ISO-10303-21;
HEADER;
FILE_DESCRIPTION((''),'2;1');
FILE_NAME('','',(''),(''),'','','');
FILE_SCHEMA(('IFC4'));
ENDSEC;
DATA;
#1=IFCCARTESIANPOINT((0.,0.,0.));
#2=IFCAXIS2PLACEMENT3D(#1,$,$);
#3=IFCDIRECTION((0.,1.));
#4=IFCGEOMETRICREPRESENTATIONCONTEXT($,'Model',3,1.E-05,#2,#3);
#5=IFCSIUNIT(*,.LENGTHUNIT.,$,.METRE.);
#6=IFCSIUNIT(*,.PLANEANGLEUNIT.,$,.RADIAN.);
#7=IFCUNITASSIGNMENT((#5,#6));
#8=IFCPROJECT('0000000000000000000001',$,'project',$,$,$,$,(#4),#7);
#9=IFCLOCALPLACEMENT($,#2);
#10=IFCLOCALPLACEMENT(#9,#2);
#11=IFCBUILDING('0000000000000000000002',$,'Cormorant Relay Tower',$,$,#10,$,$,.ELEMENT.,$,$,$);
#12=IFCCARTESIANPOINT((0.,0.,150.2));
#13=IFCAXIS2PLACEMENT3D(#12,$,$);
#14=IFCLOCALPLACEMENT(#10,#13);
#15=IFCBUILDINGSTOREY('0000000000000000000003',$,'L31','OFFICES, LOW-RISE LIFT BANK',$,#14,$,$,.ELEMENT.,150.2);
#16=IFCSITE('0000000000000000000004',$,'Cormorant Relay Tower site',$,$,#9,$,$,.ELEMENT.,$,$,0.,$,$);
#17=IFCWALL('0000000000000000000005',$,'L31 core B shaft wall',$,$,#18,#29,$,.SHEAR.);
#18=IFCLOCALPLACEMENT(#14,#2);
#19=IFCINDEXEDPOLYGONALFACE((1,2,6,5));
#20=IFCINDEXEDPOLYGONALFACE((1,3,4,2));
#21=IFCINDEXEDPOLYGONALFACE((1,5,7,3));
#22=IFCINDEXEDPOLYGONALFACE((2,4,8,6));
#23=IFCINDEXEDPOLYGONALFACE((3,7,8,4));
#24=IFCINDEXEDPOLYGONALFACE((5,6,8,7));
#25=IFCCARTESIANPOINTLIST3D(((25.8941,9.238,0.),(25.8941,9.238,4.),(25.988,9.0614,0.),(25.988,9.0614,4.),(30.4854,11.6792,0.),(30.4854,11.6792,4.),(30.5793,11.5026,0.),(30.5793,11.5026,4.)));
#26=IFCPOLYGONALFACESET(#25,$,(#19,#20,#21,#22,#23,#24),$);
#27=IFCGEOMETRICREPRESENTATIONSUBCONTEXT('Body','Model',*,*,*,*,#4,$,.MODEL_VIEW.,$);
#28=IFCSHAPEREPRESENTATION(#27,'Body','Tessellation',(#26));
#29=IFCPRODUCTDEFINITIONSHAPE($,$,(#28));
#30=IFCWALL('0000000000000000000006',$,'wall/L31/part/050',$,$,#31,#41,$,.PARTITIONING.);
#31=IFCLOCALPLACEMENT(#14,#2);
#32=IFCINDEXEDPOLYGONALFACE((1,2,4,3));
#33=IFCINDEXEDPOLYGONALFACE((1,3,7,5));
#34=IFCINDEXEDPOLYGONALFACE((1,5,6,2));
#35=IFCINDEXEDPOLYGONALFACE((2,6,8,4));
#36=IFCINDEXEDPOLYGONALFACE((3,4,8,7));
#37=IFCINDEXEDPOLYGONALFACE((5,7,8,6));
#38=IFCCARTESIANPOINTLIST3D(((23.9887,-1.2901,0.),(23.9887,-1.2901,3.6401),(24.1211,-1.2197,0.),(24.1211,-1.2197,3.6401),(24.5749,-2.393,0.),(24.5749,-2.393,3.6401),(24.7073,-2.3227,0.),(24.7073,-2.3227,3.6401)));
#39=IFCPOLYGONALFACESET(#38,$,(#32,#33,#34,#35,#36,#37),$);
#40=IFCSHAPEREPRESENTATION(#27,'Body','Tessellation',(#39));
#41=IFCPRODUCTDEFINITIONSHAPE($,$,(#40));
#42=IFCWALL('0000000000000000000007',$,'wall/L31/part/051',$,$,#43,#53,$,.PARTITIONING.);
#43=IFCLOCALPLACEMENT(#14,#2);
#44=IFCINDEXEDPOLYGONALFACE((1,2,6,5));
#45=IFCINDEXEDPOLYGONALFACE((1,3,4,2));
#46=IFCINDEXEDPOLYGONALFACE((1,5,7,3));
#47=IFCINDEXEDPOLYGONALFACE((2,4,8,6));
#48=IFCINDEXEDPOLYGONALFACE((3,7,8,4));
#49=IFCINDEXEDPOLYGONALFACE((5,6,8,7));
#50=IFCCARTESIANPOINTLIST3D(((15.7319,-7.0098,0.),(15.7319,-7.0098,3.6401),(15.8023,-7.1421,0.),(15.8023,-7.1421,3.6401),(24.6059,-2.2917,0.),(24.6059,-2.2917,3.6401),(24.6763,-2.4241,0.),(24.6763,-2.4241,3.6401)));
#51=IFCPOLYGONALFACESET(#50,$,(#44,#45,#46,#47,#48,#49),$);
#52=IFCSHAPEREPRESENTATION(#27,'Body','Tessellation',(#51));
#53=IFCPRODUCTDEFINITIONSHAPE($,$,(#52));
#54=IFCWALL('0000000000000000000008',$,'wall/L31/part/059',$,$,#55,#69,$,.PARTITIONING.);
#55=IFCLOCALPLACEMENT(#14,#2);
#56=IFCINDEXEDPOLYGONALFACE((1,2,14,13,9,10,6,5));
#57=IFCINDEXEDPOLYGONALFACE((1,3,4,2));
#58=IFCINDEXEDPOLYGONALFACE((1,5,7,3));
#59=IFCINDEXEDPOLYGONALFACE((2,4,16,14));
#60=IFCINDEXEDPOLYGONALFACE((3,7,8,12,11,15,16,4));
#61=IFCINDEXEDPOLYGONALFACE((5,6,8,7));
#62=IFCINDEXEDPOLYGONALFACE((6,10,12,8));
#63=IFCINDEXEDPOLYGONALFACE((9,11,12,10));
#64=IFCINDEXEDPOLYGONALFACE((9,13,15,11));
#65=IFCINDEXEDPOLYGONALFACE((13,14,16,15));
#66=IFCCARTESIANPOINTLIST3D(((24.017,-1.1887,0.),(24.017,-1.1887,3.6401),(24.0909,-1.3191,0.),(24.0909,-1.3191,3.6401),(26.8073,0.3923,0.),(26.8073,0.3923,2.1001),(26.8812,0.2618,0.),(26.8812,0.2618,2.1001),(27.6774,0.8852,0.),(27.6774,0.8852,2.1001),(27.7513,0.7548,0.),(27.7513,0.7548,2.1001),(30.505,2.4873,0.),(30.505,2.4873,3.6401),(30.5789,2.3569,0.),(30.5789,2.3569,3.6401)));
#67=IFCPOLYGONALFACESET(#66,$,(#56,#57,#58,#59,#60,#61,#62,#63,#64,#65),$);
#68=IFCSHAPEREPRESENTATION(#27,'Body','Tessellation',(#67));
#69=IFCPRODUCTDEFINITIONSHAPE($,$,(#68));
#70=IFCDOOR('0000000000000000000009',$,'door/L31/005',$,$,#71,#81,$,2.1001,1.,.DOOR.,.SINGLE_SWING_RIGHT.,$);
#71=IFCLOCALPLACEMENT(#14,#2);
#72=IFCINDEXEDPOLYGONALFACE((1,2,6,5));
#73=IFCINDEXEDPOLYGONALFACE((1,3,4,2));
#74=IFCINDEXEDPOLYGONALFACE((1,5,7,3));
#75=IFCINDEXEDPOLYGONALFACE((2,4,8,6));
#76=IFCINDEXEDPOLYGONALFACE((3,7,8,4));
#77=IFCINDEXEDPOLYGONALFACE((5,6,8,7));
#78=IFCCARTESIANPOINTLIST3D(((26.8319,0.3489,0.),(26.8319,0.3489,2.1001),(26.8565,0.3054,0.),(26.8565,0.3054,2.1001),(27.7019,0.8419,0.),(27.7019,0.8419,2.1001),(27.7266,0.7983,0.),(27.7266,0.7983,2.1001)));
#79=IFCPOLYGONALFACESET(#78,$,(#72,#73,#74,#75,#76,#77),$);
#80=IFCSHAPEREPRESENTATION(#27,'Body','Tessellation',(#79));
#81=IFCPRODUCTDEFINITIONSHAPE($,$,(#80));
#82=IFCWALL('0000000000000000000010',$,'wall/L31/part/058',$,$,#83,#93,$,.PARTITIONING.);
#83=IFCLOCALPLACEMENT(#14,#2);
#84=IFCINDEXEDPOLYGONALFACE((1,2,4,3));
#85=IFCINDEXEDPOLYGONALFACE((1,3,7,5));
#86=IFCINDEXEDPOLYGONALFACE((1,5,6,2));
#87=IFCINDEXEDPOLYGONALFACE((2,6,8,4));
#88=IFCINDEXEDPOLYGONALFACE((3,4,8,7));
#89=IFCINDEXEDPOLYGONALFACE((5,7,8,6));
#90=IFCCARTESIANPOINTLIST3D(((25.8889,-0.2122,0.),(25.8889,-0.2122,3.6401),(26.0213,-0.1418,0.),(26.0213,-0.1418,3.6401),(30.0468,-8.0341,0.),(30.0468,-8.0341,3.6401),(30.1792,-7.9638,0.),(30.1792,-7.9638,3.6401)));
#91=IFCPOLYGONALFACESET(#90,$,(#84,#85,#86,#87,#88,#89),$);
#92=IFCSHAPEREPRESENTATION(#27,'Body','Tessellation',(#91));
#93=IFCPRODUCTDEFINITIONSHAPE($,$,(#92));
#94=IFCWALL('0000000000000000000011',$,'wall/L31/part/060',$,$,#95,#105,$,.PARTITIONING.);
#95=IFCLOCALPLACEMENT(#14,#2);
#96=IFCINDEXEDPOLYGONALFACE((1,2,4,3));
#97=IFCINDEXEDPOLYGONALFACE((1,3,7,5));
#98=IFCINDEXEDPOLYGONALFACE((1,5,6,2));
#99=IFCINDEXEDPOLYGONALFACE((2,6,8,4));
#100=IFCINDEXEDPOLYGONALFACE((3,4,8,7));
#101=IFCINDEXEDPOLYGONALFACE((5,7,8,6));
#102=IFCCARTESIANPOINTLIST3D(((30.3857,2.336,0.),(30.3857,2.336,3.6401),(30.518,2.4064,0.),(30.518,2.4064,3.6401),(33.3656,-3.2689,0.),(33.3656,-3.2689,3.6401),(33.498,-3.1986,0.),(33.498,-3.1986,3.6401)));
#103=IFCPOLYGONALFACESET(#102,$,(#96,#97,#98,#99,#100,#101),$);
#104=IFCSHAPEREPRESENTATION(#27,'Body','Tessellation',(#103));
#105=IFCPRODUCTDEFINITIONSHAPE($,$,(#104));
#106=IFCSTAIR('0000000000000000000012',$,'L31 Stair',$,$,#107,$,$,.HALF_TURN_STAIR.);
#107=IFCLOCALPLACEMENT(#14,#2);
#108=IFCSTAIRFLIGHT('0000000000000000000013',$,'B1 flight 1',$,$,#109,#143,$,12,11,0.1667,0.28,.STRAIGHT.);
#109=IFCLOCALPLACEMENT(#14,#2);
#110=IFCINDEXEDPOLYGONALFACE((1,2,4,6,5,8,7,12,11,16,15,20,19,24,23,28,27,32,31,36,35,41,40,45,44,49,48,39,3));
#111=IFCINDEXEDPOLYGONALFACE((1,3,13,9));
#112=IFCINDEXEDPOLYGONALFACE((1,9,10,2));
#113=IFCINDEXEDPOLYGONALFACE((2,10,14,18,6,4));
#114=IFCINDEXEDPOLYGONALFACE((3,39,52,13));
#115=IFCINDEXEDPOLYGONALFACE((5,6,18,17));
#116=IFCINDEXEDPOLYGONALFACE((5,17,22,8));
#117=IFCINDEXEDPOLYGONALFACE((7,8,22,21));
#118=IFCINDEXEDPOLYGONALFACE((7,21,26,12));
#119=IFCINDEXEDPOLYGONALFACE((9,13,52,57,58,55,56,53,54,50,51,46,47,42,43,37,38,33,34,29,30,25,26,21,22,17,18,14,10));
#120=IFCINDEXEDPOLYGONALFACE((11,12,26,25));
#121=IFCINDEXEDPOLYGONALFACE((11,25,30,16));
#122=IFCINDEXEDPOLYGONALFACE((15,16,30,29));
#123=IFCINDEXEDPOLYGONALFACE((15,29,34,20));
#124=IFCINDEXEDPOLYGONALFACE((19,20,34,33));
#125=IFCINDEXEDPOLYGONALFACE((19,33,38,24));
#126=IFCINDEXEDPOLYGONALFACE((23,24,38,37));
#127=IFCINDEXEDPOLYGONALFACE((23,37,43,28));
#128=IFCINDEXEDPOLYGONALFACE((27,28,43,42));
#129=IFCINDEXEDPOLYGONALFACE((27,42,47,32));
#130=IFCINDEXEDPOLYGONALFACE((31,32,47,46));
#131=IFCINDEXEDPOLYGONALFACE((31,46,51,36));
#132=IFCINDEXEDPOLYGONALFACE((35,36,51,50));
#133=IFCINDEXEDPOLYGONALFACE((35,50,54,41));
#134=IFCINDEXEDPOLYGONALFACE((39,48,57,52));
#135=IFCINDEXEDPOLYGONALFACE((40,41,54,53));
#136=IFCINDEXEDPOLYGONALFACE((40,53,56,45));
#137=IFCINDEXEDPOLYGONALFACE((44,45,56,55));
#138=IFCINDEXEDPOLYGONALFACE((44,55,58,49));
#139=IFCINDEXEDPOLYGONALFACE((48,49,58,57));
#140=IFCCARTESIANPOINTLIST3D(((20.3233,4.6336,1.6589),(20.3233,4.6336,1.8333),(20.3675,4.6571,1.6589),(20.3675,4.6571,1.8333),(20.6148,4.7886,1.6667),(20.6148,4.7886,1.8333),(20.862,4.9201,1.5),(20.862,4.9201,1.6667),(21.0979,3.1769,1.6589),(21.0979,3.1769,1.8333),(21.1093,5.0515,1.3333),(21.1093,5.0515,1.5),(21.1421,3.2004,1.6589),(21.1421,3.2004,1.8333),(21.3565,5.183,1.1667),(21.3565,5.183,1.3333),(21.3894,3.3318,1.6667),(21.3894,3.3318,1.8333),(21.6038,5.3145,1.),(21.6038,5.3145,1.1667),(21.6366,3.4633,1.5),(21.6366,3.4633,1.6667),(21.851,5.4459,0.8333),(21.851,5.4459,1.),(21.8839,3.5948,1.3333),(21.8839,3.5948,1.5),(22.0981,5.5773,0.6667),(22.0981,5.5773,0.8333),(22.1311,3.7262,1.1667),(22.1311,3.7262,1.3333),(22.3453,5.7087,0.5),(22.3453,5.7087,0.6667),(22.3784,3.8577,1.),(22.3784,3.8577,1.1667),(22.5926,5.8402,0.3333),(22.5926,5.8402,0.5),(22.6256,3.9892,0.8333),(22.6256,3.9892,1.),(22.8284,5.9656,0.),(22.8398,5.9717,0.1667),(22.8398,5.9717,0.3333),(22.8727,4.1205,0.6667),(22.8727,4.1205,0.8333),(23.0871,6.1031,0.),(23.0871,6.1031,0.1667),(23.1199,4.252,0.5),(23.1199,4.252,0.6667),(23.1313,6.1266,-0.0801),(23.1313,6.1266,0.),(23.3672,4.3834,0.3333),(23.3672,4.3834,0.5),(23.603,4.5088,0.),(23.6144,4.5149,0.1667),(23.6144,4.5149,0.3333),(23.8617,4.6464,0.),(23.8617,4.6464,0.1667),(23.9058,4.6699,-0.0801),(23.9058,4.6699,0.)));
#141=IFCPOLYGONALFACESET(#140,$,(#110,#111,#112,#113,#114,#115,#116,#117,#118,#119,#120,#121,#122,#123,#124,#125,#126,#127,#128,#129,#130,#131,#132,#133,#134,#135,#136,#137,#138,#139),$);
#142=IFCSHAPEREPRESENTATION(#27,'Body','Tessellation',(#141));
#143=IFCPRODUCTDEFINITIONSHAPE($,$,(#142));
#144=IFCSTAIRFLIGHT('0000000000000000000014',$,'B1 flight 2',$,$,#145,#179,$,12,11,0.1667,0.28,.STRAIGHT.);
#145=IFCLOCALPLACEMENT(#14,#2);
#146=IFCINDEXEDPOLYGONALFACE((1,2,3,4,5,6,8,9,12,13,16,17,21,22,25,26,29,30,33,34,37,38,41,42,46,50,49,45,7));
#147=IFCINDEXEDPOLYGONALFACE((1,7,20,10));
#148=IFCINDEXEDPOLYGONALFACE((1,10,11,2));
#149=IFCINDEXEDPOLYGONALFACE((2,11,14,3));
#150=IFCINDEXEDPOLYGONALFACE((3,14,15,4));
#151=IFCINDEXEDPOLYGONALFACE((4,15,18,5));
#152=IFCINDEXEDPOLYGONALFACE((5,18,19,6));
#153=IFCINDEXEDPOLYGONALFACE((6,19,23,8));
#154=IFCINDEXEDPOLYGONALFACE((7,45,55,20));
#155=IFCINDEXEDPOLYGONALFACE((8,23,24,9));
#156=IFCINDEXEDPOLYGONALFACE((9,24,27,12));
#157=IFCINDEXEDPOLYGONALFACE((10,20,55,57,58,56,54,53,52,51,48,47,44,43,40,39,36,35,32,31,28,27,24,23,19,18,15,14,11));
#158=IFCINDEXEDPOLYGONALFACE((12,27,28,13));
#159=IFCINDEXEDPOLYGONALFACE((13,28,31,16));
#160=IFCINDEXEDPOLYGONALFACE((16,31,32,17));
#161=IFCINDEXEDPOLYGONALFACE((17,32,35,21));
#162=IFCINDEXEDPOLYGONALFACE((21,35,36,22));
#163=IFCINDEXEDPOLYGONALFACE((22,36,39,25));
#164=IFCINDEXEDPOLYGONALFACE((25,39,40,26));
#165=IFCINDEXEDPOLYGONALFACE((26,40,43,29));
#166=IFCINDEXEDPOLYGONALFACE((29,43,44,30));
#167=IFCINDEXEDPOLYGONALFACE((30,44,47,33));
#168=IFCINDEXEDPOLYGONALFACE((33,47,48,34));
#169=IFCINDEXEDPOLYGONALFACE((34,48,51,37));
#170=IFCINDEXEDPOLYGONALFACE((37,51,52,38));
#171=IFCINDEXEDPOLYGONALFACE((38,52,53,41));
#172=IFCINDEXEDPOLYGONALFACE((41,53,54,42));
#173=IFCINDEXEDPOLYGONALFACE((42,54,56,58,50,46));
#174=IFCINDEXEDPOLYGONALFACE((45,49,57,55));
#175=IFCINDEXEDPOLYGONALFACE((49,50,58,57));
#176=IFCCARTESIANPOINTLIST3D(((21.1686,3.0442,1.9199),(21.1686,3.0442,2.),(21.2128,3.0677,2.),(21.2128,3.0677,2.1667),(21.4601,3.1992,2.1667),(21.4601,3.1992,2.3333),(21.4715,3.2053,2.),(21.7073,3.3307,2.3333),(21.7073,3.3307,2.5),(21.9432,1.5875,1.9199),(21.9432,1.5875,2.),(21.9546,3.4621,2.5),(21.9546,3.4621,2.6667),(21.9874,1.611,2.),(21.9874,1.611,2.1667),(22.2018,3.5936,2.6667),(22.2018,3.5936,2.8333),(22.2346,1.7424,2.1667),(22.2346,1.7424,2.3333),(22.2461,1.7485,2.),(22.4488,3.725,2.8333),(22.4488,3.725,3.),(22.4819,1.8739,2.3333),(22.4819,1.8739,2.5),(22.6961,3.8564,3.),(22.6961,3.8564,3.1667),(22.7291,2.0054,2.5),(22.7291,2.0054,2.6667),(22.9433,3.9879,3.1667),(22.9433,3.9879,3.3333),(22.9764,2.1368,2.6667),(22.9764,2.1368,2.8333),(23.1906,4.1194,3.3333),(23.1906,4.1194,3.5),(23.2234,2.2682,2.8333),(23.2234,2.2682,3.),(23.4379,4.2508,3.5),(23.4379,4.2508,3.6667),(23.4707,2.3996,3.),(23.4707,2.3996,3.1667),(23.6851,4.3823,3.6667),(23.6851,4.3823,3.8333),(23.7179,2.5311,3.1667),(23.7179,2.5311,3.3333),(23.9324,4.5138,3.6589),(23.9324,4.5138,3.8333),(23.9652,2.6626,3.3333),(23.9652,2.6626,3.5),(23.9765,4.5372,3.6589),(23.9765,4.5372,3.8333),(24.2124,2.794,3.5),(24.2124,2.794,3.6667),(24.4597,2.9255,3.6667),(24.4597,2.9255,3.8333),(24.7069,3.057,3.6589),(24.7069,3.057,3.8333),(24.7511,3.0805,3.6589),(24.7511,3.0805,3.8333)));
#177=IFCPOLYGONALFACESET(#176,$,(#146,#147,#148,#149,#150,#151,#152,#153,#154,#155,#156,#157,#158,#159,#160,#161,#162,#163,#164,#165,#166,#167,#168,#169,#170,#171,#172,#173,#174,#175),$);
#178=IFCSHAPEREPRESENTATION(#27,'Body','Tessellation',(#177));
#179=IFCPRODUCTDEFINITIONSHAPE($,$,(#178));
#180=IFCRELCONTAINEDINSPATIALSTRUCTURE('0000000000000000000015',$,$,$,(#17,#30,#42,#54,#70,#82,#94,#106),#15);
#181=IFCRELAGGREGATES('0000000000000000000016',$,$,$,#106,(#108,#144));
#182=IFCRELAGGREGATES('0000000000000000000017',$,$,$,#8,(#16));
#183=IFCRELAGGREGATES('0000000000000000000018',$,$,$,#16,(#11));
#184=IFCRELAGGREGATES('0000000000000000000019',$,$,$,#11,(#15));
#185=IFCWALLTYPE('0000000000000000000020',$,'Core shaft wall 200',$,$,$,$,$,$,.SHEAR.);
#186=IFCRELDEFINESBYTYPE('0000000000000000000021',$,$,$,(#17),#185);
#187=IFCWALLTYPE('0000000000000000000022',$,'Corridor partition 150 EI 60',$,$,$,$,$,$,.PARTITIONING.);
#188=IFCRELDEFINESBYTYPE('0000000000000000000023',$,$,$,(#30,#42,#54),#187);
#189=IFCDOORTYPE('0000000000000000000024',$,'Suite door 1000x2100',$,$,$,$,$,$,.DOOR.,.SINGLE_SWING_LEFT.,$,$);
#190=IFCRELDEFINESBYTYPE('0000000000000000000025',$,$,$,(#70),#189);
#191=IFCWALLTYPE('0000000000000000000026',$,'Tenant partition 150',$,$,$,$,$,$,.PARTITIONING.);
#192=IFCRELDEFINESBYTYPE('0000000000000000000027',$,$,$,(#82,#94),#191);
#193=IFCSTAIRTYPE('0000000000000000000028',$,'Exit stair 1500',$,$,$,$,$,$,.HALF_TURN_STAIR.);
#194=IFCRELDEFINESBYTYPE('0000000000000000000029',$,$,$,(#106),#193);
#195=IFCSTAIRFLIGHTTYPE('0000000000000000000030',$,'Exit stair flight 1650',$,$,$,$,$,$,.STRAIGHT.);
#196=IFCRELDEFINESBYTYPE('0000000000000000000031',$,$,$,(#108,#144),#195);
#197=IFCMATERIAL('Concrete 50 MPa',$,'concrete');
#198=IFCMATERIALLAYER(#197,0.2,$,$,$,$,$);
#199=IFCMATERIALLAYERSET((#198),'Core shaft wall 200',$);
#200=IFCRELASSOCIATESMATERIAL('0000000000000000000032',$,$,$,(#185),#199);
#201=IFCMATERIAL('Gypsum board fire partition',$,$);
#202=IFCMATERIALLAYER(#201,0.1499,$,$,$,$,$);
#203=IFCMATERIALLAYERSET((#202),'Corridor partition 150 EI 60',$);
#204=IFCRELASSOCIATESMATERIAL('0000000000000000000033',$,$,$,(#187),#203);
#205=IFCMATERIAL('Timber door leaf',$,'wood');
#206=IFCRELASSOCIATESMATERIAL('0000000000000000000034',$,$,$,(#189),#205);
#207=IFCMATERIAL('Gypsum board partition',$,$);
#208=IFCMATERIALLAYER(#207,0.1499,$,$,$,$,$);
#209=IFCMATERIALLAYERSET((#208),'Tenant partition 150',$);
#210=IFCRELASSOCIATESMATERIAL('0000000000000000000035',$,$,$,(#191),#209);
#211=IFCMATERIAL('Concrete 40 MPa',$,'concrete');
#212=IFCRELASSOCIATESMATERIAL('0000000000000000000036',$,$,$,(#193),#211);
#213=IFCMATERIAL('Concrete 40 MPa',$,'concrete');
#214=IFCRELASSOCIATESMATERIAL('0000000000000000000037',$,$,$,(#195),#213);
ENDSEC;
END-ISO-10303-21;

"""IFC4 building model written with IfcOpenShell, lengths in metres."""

from ifc_helpers import new_model, si_unit, direction, frame, frame_2d, origin, place, context, subcontext, project, spatial, polyline, rectangle, outline, extrude, material, layer, layer_set, type_object, element, fill, aggregate, save


model = new_model("IFC4")

# Units and contexts
model_context = context("Model", 3, precision=1e-05, world=origin(), true_north=direction((0.0, 1.0)))
body_context = subcontext(model_context, "Body", "Model", "MODEL_VIEW")
ifc_project = project(units=[si_unit("LENGTHUNIT", "METRE"), si_unit("PLANEANGLEUNIT", "RADIAN")], contexts=[model_context])

# Site, building, storey
site_placement = place(None, origin())
site = spatial("IfcSite", under=ifc_project, at=site_placement, Name="Cormorant Relay Tower site", CompositionType="ELEMENT", RefElevation=0.0)
building_placement = place(site_placement, origin())
building = spatial("IfcBuilding", under=site, at=building_placement, Name="Cormorant Relay Tower", CompositionType="ELEMENT")
storey_placement = place(building_placement, frame((0.0, 0.0, 150.2)))
storey = spatial("IfcBuildingStorey", under=building, at=storey_placement, Name="L31", Description="OFFICES, LOW-RISE LIFT BANK", CompositionType="ELEMENT", Elevation=150.2)

# Shared definitions
ifc_material_1 = material(Name="Concrete 50 MPa", Category="concrete")
ifc_layer_1 = layer(ifc_material_1, 0.2)
ifc_layer_set_1 = layer_set([ifc_layer_1], Name="Core shaft wall 200")
wall_type_1 = type_object("IfcWallType", Name="Core shaft wall 200", PredefinedType="SHEAR", material=ifc_layer_set_1)

# Walls
wall_1_placement = place(storey_placement, frame((25.9409, 9.1497, 0.0), z_axis=(0.0, 0.0, 1.0), x_axis=(0.882954, 0.46946, 0.0)))
element("IfcWall", 1, at=wall_1_placement, inside=storey, type_object=wall_type_1, Name="L31 core B shaft wall", PredefinedType="SHEAR", context=body_context, shape_type="SweptSolid", body=[
    extrude(rectangle(XDim=5.2, YDim=0.2, at=frame_2d((2.6001, 0.0))), origin(), (0.0, 0.0, 1.0), 4.0),
])
ifc_material_2 = material(Name="Gypsum board fire partition")
ifc_layer_2 = layer(ifc_material_2, 0.1499)
ifc_layer_set_2 = layer_set([ifc_layer_2], Name="Corridor partition 150 EI 60")
wall_type_2 = type_object("IfcWallType", Name="Corridor partition 150 EI 60", PredefinedType="PARTITIONING", material=ifc_layer_set_2)
wall_2_placement = place(storey_placement, frame((24.0549, -1.2549, 0.0), z_axis=(0.0, 0.0, 1.0), x_axis=(0.469279, -0.88305, 0.0)))
element("IfcWall", 2, at=wall_2_placement, inside=storey, type_object=wall_type_2, Name="wall/L31/part/050", PredefinedType="PARTITIONING", context=body_context, shape_type="SweptSolid", body=[
    extrude(rectangle(XDim=1.249, YDim=0.1499, at=frame_2d((0.6245, 0.0))), origin(), (0.0, 0.0, 1.0), 3.6401),
])
wall_3_placement = place(storey_placement, frame((24.6411, -2.3579, 0.0), z_axis=(0.0, 0.0, 1.0), x_axis=(-0.882963, -0.469442, 0.0)))
element("IfcWall", 3, at=wall_3_placement, inside=storey, type_object=wall_type_2, Name="wall/L31/part/051", PredefinedType="PARTITIONING", context=body_context, shape_type="SweptSolid", body=[
    extrude(rectangle(XDim=10.0503, YDim=0.1499, at=frame_2d((5.0251, 0.0))), origin(), (0.0, 0.0, 1.0), 3.6401),
])

# Wall, opening, door
wall_4_placement = place(storey_placement, frame((30.542, 2.4221, 0.0), z_axis=(0.0, 0.0, 1.0), x_axis=(-0.870053, -0.492959, 0.0)))
wall_4 = element("IfcWall", 4, at=wall_4_placement, inside=storey, type_object=wall_type_2, Name="wall/L31/part/059", PredefinedType="PARTITIONING", context=body_context, shape_type="SweptSolid", body=[
    extrude(rectangle(XDim=7.457, YDim=0.1499, at=frame_2d((3.7285, 0.0))), origin(), (0.0, 0.0, 1.0), 3.6401),
])
opening_1_placement = place(wall_4_placement, frame((3.25, 0.0, 0.0)))
opening_1 = element("IfcOpeningElement", 5, at=opening_1_placement, cuts=wall_4, PredefinedType="OPENING", context=body_context, shape_type="SweptSolid", body=[
    extrude(rectangle(XDim=1.0, YDim=2.1001, at=frame_2d((0.5, 1.05))), frame((0.0, 0.085, 0.0), z_axis=(0.0, -1.0, 0.0), x_axis=(1.0, 0.0, 0.0)), (0.0, 0.0, 1.0), 0.1699),
])
ifc_material_3 = material(Name="Timber door leaf", Category="wood")
door_type_1 = type_object("IfcDoorType", Name="Suite door 1000x2100", OperationType="SINGLE_SWING_LEFT", PredefinedType="DOOR", material=ifc_material_3)
door_1_placement = place(opening_1_placement, origin())
door_1 = element("IfcDoor", 6, at=door_1_placement, inside=storey, type_object=door_type_1, Name="door/L31/005", OperationType="SINGLE_SWING_RIGHT", OverallHeight=2.1001, OverallWidth=1.0, PredefinedType="DOOR", context=body_context, shape_type="SweptSolid", body=[
    extrude(rectangle(XDim=1.0, YDim=2.1001, at=frame_2d((0.5, 1.05))), frame((0.0, 0.0249, 0.0), z_axis=(0.0, -1.0, 0.0), x_axis=(1.0, 0.0, 0.0)), (0.0, 0.0, 1.0), 0.05),
])
fill(opening_1, door_1)

# Walls
ifc_material_4 = material(Name="Gypsum board partition")
ifc_layer_3 = layer(ifc_material_4, 0.1499)
ifc_layer_set_3 = layer_set([ifc_layer_3], Name="Tenant partition 150")
wall_type_3 = type_object("IfcWallType", Name="Tenant partition 150", PredefinedType="PARTITIONING", material=ifc_layer_set_3)
wall_5_placement = place(storey_placement, frame((25.9551, -0.177, 0.0), z_axis=(0.0, 0.0, 1.0), x_axis=(0.469376, -0.882998, 0.0)))
element("IfcWall", 7, at=wall_5_placement, inside=storey, type_object=wall_type_3, Name="wall/L31/part/058", PredefinedType="PARTITIONING", context=body_context, shape_type="SweptSolid", body=[
    extrude(rectangle(XDim=8.8584, YDim=0.1499, at=frame_2d((4.4292, 0.0))), origin(), (0.0, 0.0, 1.0), 3.6401),
])
wall_6_placement = place(storey_placement, frame((30.4519, 2.3711, 0.0), z_axis=(0.0, 0.0, 1.0), x_axis=(0.469442, -0.882963, 0.0)))
element("IfcWall", 8, at=wall_6_placement, inside=storey, type_object=wall_type_3, Name="wall/L31/part/060", PredefinedType="PARTITIONING", context=body_context, shape_type="SweptSolid", body=[
    extrude(rectangle(XDim=6.3479, YDim=0.1499, at=frame_2d((3.1738, 0.0))), origin(), (0.0, 0.0, 1.0), 3.6401),
])

# Stair, stair flights
ifc_material_5 = material(Name="Concrete 40 MPa", Category="concrete")
stair_type = type_object("IfcStairType", Name="Exit stair 1500", PredefinedType="HALF_TURN_STAIR", material=ifc_material_5)
stair_placement = place(storey_placement, origin())
stair = element("IfcStair", 9, at=stair_placement, inside=storey, type_object=stair_type, Name="L31 Stair", PredefinedType="HALF_TURN_STAIR")
ifc_material_6 = material(Name="Concrete 40 MPa", Category="concrete")
stair_flight_type = type_object("IfcStairFlightType", Name="Exit stair flight 1650", PredefinedType="STRAIGHT", material=ifc_material_6)
stair_flight_1_placement = place(storey_placement, frame((23.4744, 5.3748, 0.0), z_axis=(0.0, 0.0, 1.0), x_axis=(-0.882948, -0.469472, 0.0)))
stair_flight_1 = element("IfcStairFlight", 10, at=stair_flight_1_placement, type_object=stair_flight_type, Name="B1 flight 1", NumberOfRisers=12, NumberOfTreads=11, PredefinedType="STRAIGHT", RiserHeight=0.1667, TreadLength=0.28, context=body_context, shape_type="SweptSolid", body=[
    extrude(outline(polyline([(-0.05, -0.0801), (-0.05, 0.0), (0.0, 0.0), (0.0, 0.1667), (0.28, 0.1667), (0.28, 0.3333), (0.5601, 0.3333), (0.5601, 0.5), (0.8401, 0.5), (0.8401, 0.6667), (1.1201, 0.6667), (1.1201, 0.8333), (1.3999, 0.8333), (1.3999, 1.0), (1.6799, 1.0), (1.6799, 1.1667), (1.96, 1.1667), (1.96, 1.3333), (2.24, 1.3333), (2.24, 1.5), (2.52, 1.5), (2.52, 1.6667), (2.8, 1.6667), (2.8, 1.8333), (3.0801, 1.8333), (3.1301, 1.8333), (3.1301, 1.6589), (3.0801, 1.6589), (0.293, 0.0), (-0.05, -0.0801)])), frame((0.0, 0.825, 0.0), z_axis=(0.0, -1.0, 0.0), x_axis=(1.0, 0.0, 0.0)), (0.0, 0.0, 1.0), 1.6499),
])
stair_flight_2_placement = place(storey_placement, frame((21.6001, 2.3394, 2.0), z_axis=(0.0, 0.0, 1.0), x_axis=(0.882948, 0.469472, 0.0)))
stair_flight_2 = element("IfcStairFlight", 11, at=stair_flight_2_placement, type_object=stair_flight_type, Name="B1 flight 2", NumberOfRisers=12, NumberOfTreads=11, PredefinedType="STRAIGHT", RiserHeight=0.1667, TreadLength=0.28, context=body_context, shape_type="SweptSolid", body=[
    extrude(outline(polyline([(-0.05, -0.0801), (-0.05, 0.0), (0.0, 0.0), (0.0, 0.1667), (0.28, 0.1667), (0.28, 0.3333), (0.5601, 0.3333), (0.5601, 0.5), (0.8401, 0.5), (0.8401, 0.6667), (1.1201, 0.6667), (1.1201, 0.8333), (1.3999, 0.8333), (1.3999, 1.0), (1.6799, 1.0), (1.6799, 1.1667), (1.96, 1.1667), (1.96, 1.3333), (2.24, 1.3333), (2.24, 1.5), (2.52, 1.5), (2.52, 1.6667), (2.8, 1.6667), (2.8, 1.8333), (3.0801, 1.8333), (3.1301, 1.8333), (3.1301, 1.6589), (3.0801, 1.6589), (0.293, 0.0), (-0.05, -0.0801)])), frame((0.0, 0.825, 0.0), z_axis=(0.0, -1.0, 0.0), x_axis=(1.0, 0.0, 0.0)), (0.0, 0.0, 1.0), 1.6499),
])
aggregate(stair, [stair_flight_1, stair_flight_2])

save(model, "model.ifc")
